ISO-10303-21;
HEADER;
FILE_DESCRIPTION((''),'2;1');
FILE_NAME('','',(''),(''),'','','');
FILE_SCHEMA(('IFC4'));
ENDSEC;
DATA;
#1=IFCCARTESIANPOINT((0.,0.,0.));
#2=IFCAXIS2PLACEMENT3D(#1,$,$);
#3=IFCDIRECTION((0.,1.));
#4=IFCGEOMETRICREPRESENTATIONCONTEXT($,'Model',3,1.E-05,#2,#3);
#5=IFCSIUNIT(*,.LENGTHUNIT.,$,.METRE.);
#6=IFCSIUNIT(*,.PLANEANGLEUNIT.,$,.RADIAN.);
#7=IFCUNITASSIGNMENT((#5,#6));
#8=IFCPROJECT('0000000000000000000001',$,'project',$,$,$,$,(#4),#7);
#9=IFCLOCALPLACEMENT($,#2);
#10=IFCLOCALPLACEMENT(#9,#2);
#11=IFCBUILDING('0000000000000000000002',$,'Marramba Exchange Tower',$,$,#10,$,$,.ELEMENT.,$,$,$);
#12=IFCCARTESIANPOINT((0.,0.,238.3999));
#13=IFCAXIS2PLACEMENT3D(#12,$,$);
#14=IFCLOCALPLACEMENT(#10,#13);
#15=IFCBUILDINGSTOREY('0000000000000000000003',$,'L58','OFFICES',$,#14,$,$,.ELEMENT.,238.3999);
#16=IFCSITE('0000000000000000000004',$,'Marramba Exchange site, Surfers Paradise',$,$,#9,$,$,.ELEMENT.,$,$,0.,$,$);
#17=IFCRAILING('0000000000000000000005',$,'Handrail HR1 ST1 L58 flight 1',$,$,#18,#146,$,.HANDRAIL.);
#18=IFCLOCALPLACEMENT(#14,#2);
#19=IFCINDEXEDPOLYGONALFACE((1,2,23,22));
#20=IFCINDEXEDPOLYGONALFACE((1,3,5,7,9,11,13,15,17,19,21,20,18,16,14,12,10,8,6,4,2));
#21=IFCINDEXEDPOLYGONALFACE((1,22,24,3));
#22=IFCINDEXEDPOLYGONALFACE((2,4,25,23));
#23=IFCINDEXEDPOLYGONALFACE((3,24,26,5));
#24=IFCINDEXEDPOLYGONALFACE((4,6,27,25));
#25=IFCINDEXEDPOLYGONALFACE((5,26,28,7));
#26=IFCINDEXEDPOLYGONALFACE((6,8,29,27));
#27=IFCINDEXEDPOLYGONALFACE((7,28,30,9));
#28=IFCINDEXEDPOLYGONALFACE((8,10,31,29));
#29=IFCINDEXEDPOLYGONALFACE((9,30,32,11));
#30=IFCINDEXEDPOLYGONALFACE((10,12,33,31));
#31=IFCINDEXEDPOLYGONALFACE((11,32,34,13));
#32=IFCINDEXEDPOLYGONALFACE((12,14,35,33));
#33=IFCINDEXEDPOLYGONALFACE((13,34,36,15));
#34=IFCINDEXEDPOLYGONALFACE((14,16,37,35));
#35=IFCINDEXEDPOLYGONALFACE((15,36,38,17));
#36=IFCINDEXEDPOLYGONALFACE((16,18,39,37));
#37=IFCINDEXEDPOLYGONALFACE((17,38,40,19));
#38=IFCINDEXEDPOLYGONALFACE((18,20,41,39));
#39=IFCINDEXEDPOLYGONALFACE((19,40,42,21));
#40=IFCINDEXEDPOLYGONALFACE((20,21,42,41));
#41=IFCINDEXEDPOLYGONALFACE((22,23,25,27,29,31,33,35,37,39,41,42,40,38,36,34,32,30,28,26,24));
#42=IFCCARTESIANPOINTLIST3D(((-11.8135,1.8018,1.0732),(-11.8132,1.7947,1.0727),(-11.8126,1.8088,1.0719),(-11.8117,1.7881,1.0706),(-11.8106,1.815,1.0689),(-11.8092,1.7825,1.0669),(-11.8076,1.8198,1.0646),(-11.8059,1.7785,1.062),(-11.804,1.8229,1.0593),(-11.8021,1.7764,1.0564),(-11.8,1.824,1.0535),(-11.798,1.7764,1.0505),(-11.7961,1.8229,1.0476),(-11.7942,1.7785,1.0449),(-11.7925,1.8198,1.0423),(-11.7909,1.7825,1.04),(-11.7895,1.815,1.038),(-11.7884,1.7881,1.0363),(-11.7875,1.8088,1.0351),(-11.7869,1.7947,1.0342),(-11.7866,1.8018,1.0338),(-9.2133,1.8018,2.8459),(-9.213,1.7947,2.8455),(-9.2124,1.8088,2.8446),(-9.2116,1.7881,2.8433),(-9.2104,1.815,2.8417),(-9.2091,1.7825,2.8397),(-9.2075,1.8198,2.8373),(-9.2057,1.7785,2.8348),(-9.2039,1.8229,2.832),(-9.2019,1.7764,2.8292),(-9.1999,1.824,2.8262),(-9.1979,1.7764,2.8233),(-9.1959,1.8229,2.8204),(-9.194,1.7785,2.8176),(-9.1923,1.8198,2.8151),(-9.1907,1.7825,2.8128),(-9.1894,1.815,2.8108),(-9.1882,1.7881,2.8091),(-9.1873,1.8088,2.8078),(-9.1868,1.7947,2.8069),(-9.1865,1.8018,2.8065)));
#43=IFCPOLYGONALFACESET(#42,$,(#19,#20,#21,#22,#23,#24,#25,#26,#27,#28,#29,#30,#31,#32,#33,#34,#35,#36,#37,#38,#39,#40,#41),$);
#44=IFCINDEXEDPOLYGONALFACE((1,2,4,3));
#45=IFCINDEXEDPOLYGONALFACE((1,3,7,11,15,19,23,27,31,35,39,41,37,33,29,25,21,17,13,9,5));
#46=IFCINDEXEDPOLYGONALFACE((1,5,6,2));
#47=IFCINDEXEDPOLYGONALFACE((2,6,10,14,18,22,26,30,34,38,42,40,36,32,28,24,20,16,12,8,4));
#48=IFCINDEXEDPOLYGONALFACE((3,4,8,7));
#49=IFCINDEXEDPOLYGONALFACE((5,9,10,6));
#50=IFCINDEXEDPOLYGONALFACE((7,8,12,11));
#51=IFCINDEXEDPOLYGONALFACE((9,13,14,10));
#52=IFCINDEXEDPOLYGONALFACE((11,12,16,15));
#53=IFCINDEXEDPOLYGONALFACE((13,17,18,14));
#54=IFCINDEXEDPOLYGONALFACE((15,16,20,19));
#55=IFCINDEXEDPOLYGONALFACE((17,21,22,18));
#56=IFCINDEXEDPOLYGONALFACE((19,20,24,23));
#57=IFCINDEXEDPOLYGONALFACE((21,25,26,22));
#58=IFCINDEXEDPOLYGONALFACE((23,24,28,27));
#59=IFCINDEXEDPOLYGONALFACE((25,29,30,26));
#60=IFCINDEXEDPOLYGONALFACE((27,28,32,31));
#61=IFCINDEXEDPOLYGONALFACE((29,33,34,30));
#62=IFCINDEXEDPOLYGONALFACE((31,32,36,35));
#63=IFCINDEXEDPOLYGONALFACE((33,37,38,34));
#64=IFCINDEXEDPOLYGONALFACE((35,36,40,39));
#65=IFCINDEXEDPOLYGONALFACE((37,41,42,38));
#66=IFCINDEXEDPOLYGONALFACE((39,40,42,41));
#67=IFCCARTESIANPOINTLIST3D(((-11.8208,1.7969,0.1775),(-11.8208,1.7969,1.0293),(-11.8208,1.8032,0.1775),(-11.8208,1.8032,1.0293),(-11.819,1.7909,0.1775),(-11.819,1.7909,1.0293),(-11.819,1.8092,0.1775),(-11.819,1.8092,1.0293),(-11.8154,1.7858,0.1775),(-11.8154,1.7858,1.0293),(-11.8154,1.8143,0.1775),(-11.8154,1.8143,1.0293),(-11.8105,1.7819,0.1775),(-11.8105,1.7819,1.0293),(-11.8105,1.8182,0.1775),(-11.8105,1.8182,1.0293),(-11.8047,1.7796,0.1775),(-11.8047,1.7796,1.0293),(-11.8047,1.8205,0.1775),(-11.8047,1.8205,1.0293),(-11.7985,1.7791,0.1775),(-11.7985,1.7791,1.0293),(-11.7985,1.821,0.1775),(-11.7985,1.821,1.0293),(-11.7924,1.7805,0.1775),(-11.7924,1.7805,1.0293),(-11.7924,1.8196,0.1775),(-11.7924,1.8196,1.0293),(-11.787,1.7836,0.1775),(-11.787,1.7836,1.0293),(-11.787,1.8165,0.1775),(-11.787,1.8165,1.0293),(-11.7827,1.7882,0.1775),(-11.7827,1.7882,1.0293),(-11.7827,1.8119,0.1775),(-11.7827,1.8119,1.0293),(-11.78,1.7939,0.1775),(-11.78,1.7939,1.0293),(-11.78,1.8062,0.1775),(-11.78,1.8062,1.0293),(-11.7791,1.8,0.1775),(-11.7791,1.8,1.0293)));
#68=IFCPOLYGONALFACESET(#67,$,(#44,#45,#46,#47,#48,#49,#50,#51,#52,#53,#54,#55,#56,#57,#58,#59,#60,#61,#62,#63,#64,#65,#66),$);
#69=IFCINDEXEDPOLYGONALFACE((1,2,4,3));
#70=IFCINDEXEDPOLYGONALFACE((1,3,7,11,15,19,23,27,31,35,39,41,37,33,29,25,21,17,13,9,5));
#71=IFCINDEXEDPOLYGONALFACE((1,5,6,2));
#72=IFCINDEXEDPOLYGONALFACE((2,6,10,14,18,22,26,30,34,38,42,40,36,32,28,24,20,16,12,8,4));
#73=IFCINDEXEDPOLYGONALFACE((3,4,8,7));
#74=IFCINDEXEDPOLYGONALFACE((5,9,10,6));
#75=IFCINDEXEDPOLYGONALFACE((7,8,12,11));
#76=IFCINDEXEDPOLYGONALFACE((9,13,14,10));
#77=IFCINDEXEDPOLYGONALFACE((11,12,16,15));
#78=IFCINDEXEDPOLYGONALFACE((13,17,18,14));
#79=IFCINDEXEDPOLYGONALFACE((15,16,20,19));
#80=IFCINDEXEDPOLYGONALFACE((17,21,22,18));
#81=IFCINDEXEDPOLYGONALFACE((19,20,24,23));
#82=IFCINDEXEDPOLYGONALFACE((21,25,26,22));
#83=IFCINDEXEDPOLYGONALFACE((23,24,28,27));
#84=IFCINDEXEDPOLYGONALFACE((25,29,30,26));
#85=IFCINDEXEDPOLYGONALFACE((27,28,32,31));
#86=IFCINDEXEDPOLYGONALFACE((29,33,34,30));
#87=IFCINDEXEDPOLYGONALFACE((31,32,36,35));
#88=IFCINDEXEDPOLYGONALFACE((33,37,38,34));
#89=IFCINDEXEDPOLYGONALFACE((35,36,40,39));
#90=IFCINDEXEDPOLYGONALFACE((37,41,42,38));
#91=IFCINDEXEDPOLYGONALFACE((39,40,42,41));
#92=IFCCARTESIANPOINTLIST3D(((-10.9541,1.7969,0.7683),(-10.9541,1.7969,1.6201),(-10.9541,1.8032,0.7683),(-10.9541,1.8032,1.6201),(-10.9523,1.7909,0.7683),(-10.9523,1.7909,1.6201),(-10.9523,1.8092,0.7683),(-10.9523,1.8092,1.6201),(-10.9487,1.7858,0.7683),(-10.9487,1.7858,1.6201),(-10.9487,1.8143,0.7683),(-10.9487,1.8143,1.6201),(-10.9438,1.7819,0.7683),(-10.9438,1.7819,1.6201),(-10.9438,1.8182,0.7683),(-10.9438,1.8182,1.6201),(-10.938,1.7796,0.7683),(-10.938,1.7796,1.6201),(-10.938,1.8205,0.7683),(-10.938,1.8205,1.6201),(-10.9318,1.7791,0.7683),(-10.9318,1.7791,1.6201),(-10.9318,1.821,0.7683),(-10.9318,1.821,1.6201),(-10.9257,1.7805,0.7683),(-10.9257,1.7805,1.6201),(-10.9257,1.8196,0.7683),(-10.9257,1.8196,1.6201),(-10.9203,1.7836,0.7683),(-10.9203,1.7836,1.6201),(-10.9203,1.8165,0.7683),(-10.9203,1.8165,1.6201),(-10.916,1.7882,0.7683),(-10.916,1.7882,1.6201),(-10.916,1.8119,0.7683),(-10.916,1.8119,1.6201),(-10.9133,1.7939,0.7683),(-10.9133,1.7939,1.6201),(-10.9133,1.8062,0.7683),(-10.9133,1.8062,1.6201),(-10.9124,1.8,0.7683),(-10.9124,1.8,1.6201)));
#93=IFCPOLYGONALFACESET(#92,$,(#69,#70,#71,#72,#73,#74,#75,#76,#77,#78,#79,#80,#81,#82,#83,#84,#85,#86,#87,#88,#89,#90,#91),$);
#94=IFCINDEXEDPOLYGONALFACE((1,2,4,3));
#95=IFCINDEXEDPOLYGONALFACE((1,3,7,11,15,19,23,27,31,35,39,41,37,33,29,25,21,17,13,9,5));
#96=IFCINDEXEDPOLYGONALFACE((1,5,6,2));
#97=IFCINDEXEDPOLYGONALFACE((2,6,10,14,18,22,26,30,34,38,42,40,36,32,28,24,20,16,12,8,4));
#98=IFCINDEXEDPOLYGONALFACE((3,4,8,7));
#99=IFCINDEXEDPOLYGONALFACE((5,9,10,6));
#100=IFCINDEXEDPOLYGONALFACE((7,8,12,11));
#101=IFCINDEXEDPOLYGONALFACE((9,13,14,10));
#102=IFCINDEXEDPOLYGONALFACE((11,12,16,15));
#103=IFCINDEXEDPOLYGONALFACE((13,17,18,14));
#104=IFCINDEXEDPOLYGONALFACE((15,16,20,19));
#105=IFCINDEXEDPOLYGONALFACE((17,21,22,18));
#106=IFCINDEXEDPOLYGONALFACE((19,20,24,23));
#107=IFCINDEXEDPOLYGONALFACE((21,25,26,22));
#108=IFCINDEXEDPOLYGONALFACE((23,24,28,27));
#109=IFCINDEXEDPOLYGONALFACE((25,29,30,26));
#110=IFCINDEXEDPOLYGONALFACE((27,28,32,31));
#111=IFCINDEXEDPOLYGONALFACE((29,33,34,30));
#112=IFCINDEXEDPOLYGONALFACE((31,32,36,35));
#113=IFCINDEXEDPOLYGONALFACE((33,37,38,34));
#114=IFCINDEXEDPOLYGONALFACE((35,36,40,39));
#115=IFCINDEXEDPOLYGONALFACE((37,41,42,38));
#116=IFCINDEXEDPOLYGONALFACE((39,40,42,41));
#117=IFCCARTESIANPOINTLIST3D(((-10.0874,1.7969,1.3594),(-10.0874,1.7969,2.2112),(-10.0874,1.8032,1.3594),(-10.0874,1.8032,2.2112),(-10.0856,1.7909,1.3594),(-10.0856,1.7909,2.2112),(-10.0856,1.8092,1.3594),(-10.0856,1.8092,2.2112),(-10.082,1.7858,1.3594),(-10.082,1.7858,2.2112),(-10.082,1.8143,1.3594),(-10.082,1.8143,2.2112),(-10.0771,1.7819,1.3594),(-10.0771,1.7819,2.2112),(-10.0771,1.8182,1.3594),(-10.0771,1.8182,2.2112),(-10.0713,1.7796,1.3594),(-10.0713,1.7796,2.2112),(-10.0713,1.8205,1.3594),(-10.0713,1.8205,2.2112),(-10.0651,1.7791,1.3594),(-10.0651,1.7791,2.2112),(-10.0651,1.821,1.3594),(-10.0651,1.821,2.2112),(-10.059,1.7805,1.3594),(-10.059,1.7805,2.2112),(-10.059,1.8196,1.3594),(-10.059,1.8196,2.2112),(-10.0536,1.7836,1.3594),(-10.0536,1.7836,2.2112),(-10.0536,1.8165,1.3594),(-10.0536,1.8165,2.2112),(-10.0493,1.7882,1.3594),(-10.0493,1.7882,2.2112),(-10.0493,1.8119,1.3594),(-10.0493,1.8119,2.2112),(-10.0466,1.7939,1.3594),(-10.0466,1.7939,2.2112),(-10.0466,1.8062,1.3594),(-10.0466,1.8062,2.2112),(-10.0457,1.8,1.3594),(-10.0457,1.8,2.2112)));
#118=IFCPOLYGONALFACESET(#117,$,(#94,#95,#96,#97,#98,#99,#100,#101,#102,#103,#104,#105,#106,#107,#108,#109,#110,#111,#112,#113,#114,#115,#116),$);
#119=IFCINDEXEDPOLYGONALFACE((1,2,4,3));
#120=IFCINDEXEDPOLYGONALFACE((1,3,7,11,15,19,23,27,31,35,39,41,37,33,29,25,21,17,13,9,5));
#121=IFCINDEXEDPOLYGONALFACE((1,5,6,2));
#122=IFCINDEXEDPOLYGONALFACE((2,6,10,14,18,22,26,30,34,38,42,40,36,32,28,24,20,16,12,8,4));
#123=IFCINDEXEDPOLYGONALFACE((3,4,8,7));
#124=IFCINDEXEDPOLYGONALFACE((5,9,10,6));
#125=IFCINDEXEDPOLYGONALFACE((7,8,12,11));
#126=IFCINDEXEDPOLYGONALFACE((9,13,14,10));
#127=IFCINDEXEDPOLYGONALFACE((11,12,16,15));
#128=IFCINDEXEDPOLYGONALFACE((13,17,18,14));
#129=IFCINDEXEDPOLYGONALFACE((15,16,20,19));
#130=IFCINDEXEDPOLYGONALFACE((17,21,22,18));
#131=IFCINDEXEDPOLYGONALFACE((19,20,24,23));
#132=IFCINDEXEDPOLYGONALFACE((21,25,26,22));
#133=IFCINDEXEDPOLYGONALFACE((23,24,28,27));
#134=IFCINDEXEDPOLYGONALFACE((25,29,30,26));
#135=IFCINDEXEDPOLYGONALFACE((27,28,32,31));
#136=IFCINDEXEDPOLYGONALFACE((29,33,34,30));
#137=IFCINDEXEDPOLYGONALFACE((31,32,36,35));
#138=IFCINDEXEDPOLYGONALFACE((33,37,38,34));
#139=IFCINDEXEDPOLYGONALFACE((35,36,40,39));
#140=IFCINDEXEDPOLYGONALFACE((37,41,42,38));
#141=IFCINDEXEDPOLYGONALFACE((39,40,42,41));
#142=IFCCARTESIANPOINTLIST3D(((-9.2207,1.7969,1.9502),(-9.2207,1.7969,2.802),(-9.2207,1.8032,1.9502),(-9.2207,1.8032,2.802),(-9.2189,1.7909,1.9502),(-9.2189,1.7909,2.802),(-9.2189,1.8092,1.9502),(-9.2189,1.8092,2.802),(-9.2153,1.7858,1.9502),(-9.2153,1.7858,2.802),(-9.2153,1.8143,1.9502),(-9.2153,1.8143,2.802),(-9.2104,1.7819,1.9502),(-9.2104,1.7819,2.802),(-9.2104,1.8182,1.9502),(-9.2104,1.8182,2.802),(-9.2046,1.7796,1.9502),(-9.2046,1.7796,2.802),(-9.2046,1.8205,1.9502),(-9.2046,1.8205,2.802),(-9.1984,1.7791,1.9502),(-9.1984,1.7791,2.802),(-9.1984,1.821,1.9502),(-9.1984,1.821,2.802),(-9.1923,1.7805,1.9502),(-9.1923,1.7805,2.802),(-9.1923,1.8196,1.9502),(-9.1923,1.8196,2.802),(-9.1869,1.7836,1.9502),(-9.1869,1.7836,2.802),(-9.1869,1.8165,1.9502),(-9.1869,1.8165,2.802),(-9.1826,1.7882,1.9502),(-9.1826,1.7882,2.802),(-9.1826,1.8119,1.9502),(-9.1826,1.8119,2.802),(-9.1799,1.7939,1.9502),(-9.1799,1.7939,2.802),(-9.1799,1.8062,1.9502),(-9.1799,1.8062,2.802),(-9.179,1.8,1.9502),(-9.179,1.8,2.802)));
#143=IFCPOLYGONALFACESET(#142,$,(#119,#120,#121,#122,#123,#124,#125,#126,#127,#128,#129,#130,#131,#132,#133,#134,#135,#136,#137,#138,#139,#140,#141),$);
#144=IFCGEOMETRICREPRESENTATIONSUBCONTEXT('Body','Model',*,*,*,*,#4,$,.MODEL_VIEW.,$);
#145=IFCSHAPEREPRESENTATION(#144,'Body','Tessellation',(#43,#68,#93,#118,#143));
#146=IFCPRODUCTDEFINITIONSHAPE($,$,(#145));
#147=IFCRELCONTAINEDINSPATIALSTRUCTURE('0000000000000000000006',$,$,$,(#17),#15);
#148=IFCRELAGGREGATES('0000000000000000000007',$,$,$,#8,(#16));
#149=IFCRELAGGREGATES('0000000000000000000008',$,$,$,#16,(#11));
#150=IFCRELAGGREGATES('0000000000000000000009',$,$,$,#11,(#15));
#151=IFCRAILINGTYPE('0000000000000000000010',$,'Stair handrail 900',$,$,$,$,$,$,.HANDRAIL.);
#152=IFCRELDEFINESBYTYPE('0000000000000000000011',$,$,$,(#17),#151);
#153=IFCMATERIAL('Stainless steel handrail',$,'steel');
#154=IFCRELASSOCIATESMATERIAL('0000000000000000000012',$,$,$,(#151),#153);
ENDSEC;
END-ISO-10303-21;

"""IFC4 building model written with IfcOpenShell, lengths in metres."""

from ifc_helpers import new_model, si_unit, direction, frame, origin, origin_2d, place, context, subcontext, project, spatial, circle, extrude, material, type_object, element, save


model = new_model("IFC4")

# Units and contexts
model_context = context("Model", 3, precision=1e-05, world=origin(), true_north=direction((0.0, 1.0)))
body_context = subcontext(model_context, "Body", "Model", "MODEL_VIEW")
ifc_project = project(units=[si_unit("LENGTHUNIT", "METRE"), si_unit("PLANEANGLEUNIT", "RADIAN")], contexts=[model_context])

# Site, building, storey
site_placement = place(None, origin())
site = spatial("IfcSite", under=ifc_project, at=site_placement, Name="Marramba Exchange site, Surfers Paradise", CompositionType="ELEMENT", RefElevation=0.0)
building_placement = place(site_placement, origin())
building = spatial("IfcBuilding", under=site, at=building_placement, Name="Marramba Exchange Tower", CompositionType="ELEMENT")
storey_placement = place(building_placement, frame((0.0, 0.0, 238.3999)))
storey = spatial("IfcBuildingStorey", under=building, at=storey_placement, Name="L58", Description="OFFICES", CompositionType="ELEMENT", Elevation=238.3999)

# Railing
ifc_material_1 = material(Name="Stainless steel handrail", Category="steel")
railing_type = type_object("IfcRailingType", Name="Stair handrail 900", PredefinedType="HANDRAIL", material=ifc_material_1)
railing_1_placement = place(storey_placement, frame((-11.8, 1.8, 0.1775)))
element("IfcRailing", 1, at=railing_1_placement, inside=storey, type_object=railing_type, Name="Handrail HR1 ST1 L58 flight 1", PredefinedType="HANDRAIL", context=body_context, shape_type="SweptSolid", body=[
    extrude(circle(Radius=0.0239, at=origin_2d()), frame((0.0, 0.0, 0.876), z_axis=(0.82624, 0.0, 0.563318), x_axis=(0.0, 1.0, 0.0)), (0.0, 0.0, 1.0), 3.147),
    extrude(circle(Radius=0.021, at=origin_2d()), origin(), (0.0, 0.0, 1.0), 0.8518),
    extrude(circle(Radius=0.021, at=origin_2d()), frame((0.8667, 0.0, 0.5908)), (0.0, 0.0, 1.0), 0.8518),
    extrude(circle(Radius=0.021, at=origin_2d()), frame((1.7334, 0.0, 1.1819)), (0.0, 0.0, 1.0), 0.8518),
    extrude(circle(Radius=0.021, at=origin_2d()), frame((2.6001, 0.0, 1.7727)), (0.0, 0.0, 1.0), 0.8518),
])

save(model, "model.ifc")
